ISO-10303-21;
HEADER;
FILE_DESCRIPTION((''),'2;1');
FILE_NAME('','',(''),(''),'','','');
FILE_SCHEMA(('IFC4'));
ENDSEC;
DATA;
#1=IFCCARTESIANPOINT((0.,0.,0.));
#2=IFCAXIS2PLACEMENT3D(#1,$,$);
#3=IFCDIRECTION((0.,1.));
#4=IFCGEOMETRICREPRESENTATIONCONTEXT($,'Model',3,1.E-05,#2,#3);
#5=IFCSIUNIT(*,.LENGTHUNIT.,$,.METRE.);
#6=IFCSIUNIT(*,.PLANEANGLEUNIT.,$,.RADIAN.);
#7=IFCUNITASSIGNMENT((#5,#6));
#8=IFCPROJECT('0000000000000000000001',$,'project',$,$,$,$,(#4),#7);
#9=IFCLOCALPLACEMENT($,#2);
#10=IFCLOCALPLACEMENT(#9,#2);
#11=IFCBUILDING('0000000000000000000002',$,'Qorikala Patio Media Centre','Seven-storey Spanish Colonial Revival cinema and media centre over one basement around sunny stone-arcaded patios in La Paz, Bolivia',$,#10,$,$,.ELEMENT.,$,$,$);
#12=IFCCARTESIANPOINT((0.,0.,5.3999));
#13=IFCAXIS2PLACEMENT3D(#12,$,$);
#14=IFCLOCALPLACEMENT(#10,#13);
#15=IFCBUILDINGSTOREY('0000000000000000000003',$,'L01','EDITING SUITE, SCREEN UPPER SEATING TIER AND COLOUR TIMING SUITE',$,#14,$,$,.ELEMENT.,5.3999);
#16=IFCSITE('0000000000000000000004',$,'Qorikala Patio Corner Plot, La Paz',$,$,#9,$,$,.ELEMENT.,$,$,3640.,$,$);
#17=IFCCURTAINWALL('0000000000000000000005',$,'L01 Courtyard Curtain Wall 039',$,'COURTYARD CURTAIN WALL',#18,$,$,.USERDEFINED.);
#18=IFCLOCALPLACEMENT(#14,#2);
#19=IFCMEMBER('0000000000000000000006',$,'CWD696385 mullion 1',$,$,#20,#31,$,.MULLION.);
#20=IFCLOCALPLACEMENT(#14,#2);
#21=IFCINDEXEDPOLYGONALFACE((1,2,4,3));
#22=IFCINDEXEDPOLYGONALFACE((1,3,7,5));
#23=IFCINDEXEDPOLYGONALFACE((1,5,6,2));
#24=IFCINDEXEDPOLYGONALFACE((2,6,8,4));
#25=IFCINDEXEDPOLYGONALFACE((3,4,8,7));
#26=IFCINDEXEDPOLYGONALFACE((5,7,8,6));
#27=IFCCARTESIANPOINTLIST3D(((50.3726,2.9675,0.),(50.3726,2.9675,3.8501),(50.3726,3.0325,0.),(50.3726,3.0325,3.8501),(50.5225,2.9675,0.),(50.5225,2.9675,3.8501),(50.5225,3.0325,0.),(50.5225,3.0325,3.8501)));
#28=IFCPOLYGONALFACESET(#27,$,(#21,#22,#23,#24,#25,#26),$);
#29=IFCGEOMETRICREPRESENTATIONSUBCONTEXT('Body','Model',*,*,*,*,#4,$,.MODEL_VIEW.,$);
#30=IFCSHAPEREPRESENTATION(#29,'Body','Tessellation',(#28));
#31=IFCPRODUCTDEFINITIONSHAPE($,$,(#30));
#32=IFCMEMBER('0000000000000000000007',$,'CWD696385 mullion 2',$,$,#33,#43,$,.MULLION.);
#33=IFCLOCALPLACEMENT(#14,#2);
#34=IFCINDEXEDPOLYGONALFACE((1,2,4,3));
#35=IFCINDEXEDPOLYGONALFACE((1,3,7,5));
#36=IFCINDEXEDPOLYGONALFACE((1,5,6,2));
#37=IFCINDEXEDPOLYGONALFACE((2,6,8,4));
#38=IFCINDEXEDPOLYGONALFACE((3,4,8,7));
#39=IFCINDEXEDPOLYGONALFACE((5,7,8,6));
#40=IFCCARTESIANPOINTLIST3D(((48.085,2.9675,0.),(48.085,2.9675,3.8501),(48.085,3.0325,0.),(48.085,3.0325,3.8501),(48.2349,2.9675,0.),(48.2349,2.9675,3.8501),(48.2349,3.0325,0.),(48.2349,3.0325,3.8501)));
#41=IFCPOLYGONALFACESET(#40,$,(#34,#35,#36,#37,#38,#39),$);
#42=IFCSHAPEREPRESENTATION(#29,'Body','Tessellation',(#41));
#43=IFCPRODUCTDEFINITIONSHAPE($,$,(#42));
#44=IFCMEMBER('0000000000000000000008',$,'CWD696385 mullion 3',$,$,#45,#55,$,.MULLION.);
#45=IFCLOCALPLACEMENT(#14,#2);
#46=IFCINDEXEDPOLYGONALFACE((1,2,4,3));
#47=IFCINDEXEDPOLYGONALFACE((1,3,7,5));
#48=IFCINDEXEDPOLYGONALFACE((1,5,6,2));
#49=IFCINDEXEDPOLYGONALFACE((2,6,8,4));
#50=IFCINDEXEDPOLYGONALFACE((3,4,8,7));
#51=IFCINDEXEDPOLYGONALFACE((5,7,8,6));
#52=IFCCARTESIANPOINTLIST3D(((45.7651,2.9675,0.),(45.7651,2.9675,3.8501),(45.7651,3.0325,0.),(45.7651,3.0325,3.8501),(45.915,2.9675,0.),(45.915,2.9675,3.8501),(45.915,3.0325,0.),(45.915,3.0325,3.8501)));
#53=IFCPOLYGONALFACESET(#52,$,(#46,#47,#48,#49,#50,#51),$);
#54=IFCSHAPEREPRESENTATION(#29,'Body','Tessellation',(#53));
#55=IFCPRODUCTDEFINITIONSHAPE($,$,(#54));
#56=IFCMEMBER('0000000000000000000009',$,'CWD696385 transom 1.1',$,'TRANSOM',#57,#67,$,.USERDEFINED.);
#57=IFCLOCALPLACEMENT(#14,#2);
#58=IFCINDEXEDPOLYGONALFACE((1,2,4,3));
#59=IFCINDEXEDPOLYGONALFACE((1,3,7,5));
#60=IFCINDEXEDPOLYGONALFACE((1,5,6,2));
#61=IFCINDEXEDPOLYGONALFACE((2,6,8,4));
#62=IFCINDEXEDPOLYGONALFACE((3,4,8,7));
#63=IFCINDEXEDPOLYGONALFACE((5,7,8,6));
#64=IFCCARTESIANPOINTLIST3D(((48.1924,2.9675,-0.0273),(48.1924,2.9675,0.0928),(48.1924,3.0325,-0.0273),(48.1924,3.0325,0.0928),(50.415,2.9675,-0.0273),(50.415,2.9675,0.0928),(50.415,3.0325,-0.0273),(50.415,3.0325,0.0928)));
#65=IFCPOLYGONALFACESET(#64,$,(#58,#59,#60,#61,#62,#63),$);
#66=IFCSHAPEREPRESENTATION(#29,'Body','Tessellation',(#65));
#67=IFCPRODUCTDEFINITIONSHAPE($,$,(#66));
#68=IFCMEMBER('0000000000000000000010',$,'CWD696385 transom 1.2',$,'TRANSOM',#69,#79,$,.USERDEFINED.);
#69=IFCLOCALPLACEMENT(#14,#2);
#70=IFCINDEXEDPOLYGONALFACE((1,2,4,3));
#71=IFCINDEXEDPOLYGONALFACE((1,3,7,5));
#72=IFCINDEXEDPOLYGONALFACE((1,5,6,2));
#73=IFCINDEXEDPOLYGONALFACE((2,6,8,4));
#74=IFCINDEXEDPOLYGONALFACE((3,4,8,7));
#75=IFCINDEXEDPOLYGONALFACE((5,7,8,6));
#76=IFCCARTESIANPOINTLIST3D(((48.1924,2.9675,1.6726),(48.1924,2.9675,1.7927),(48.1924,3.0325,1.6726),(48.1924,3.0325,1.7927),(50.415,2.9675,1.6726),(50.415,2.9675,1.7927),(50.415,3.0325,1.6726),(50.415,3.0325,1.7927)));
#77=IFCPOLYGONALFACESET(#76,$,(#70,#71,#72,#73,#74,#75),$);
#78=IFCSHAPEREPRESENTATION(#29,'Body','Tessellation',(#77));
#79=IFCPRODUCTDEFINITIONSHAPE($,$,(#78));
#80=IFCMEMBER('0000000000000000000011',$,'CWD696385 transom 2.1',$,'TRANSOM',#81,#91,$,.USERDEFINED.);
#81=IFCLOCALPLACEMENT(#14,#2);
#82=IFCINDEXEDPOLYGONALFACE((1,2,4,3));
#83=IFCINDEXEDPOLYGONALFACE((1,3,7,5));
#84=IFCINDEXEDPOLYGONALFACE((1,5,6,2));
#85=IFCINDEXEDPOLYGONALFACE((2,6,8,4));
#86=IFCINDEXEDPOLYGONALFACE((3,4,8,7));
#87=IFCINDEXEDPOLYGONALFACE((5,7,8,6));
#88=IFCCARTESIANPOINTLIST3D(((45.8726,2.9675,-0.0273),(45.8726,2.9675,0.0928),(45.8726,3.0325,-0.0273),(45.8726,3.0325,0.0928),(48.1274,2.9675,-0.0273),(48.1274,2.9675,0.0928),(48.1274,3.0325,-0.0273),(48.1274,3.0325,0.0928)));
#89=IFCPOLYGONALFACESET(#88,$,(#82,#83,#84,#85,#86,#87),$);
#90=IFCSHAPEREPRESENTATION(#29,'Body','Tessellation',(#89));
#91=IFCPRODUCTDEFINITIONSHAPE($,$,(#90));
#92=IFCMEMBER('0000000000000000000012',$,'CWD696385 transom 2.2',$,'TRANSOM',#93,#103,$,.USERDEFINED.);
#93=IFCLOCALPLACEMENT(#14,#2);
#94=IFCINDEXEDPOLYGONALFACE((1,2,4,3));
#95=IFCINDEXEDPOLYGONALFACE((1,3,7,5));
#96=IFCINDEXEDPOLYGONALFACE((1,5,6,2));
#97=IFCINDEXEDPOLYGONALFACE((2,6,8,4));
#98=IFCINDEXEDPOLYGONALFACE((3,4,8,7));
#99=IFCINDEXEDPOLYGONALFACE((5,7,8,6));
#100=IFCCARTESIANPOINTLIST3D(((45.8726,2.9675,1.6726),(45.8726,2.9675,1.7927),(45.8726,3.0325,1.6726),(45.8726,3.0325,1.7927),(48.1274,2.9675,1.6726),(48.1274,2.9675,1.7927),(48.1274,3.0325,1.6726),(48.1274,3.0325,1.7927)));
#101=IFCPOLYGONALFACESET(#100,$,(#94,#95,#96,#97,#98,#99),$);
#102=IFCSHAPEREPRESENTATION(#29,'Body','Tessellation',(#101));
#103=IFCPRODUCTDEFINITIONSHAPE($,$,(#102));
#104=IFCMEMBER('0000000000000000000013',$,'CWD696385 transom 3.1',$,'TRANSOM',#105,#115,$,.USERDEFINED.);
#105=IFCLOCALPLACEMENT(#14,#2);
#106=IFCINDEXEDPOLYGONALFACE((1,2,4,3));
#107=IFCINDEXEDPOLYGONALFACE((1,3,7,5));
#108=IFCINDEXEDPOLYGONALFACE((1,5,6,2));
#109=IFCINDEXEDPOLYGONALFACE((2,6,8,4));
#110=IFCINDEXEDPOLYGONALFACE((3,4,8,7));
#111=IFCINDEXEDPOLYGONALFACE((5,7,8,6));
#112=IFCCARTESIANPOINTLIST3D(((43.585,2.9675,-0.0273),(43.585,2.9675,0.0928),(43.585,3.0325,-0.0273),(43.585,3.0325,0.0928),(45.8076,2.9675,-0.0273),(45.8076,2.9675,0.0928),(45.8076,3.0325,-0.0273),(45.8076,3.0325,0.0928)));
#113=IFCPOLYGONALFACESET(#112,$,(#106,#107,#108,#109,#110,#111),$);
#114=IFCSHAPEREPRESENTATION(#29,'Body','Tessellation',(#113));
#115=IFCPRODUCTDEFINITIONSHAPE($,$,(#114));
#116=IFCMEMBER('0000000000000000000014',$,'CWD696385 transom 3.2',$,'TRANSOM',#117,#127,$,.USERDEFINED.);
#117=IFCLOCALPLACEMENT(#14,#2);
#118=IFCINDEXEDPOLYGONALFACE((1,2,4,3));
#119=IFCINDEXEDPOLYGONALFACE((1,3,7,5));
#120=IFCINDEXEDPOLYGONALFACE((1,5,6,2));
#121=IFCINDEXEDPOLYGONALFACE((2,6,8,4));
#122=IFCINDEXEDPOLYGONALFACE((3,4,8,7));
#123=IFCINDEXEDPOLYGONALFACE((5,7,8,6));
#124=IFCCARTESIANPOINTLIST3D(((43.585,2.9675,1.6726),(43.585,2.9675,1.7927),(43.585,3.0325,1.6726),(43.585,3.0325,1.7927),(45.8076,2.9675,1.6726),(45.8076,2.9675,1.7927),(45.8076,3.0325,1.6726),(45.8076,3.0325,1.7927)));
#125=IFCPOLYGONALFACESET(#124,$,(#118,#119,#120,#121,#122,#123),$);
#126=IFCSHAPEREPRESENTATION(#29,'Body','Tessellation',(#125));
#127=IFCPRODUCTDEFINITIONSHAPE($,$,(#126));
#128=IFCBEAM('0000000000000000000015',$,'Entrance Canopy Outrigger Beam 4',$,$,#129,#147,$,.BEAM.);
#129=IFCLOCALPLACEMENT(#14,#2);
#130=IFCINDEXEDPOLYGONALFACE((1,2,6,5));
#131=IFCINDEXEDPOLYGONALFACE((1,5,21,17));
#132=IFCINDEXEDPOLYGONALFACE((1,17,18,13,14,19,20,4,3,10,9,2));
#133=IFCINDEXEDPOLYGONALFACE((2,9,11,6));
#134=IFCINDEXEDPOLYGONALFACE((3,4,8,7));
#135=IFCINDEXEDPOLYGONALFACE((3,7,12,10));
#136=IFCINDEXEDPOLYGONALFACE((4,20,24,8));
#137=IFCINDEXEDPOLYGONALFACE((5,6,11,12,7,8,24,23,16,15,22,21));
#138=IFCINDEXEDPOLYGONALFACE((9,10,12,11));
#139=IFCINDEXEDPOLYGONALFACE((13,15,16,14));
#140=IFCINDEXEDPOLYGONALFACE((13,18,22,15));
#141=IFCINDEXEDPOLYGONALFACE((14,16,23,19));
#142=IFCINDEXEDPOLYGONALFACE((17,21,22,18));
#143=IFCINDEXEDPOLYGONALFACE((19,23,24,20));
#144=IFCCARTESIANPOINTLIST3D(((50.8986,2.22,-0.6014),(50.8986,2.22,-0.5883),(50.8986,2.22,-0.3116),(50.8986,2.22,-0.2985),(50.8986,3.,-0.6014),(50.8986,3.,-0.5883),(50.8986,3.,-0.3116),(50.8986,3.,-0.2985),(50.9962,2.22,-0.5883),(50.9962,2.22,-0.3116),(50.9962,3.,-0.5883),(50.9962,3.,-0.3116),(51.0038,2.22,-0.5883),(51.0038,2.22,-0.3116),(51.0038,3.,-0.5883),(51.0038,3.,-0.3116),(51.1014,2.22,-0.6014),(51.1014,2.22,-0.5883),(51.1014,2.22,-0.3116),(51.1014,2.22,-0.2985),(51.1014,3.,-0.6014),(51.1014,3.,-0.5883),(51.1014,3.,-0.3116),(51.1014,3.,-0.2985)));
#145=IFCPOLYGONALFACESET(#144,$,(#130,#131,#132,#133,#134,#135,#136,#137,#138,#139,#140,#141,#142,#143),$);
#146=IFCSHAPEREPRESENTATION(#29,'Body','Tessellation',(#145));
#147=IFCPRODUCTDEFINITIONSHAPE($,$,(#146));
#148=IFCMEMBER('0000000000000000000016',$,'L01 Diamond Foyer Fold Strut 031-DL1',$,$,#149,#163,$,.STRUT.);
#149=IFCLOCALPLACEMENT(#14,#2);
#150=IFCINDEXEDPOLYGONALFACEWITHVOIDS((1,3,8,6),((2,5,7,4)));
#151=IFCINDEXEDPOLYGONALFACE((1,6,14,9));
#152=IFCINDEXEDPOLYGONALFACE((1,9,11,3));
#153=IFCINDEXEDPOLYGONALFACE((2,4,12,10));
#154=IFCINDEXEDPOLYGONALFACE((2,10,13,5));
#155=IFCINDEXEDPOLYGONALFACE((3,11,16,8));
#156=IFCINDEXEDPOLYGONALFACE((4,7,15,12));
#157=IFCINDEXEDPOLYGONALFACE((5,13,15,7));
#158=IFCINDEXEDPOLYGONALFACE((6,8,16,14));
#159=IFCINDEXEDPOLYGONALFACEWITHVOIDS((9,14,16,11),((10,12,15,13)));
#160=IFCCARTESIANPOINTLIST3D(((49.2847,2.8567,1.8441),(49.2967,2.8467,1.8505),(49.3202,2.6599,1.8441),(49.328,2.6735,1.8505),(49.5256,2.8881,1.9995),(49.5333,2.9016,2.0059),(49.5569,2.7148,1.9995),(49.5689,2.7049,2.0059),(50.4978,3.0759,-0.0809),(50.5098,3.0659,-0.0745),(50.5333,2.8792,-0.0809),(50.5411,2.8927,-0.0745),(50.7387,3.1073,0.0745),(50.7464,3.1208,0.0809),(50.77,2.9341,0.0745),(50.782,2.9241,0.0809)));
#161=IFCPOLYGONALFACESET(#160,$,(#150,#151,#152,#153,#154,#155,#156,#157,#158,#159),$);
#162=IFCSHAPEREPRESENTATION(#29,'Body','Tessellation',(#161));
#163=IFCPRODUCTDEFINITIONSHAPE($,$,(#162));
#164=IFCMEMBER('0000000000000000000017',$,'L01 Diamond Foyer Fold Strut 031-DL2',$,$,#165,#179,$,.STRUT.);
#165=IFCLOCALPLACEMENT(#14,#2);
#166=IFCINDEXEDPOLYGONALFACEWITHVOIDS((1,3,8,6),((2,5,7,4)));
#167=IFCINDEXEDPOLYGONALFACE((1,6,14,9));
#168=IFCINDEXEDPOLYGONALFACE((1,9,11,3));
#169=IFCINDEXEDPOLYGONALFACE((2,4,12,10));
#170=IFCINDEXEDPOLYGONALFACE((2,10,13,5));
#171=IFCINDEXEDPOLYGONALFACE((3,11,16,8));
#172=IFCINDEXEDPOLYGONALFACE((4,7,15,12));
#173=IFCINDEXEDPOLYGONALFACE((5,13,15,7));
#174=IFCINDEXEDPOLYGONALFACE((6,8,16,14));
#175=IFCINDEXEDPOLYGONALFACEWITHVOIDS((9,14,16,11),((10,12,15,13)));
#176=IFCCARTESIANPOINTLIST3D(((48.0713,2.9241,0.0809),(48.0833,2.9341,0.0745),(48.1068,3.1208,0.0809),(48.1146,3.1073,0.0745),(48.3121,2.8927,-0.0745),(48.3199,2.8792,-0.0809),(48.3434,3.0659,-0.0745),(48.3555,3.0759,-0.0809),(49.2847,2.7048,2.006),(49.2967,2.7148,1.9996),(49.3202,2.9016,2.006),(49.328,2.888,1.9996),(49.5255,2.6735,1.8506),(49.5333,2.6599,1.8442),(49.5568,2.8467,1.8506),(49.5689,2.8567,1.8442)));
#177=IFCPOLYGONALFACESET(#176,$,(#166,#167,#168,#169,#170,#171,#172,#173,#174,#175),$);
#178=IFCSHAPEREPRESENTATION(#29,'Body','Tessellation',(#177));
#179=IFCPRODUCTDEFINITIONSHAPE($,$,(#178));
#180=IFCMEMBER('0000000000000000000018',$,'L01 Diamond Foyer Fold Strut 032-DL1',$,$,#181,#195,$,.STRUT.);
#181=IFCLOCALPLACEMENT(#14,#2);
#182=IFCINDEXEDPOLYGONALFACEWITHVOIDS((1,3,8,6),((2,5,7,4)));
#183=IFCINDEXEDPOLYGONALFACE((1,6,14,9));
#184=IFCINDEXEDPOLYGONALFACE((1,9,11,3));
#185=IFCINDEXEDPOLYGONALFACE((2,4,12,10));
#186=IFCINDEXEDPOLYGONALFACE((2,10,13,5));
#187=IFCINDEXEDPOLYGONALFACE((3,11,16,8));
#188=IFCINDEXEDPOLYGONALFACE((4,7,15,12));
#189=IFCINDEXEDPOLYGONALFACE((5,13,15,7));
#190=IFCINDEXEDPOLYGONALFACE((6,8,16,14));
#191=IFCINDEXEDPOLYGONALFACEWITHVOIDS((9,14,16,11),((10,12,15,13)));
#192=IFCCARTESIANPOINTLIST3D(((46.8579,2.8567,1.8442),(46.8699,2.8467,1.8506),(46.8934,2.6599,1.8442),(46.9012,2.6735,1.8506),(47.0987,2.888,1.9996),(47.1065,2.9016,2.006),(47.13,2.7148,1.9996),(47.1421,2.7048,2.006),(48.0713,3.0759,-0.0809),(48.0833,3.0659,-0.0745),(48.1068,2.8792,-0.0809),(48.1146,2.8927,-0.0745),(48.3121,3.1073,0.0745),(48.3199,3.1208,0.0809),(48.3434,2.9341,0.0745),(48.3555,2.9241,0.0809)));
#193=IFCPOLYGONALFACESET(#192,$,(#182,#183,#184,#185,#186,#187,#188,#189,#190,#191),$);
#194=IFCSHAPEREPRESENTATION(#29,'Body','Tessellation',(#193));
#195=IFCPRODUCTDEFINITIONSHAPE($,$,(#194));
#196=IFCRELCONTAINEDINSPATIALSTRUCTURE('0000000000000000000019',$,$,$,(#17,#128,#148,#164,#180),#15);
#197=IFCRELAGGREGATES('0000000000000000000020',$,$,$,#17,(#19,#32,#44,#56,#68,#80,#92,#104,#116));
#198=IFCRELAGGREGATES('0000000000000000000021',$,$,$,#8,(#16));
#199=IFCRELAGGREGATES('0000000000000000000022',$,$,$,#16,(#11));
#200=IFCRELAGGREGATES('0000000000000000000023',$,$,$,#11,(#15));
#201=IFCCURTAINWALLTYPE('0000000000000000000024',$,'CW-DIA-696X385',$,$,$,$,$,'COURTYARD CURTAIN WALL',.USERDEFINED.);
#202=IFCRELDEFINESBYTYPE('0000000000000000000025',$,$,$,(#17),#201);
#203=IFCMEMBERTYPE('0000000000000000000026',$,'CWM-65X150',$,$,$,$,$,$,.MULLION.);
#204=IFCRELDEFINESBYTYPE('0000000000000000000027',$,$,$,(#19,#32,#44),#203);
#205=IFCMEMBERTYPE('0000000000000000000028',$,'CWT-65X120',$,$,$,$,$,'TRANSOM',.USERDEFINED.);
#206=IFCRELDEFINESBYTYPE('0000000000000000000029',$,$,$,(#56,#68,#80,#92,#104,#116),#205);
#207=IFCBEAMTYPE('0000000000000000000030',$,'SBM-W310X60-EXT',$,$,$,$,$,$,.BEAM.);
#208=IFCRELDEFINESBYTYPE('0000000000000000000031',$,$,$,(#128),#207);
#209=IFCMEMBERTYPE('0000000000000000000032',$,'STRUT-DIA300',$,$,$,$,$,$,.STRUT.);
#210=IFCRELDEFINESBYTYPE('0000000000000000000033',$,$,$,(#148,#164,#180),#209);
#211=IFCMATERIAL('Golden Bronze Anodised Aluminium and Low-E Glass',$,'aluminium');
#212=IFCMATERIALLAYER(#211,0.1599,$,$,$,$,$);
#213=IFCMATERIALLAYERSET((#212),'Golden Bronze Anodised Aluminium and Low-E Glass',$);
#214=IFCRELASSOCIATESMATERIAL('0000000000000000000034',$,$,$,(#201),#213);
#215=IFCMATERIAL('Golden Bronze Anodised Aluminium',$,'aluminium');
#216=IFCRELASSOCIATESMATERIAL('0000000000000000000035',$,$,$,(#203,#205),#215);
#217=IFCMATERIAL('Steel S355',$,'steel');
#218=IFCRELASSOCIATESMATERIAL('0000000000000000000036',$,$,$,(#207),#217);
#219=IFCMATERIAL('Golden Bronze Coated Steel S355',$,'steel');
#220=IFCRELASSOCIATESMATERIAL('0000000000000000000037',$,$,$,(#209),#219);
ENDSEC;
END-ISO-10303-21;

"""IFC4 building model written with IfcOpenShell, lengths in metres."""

from ifc_helpers import new_model, si_unit, direction, frame, origin, origin_2d, place, context, subcontext, project, spatial, rectangle, hollow_rectangle, i_section, extrude, material, layer, layer_set, material_profile, profile_set, type_object, element, aggregate, save


model = new_model("IFC4")

# Units and contexts
model_context = context("Model", 3, precision=1e-05, world=origin(), true_north=direction((0.0, 1.0)))
body_context = subcontext(model_context, "Body", "Model", "MODEL_VIEW")
ifc_project = project(units=[si_unit("LENGTHUNIT", "METRE"), si_unit("PLANEANGLEUNIT", "RADIAN")], contexts=[model_context])

# Site, building, storey
site_placement = place(None, origin())
site = spatial("IfcSite", under=ifc_project, at=site_placement, Name="Qorikala Patio Corner Plot, La Paz", CompositionType="ELEMENT", RefElevation=3640.0)
building_placement = place(site_placement, origin())
building = spatial("IfcBuilding", under=site, at=building_placement, Name="Qorikala Patio Media Centre", Description="Seven-storey Spanish Colonial Revival cinema and media centre over one basement around sunny stone-arcaded patios in La Paz, Bolivia", CompositionType="ELEMENT")
storey_placement = place(building_placement, frame((0.0, 0.0, 5.3999)))
storey = spatial("IfcBuildingStorey", under=building, at=storey_placement, Name="L01", Description="EDITING SUITE, SCREEN UPPER SEATING TIER AND COLOUR TIMING SUITE", CompositionType="ELEMENT", Elevation=5.3999)

# Curtain wall, members
ifc_material_1 = material(Name="Golden Bronze Anodised Aluminium and Low-E Glass", Category="aluminium")
ifc_layer_1 = layer(ifc_material_1, 0.1599)
ifc_layer_set_1 = layer_set([ifc_layer_1], Name="Golden Bronze Anodised Aluminium and Low-E Glass")
curtain_wall_type = type_object("IfcCurtainWallType", Name="CW-DIA-696X385", ElementType="COURTYARD CURTAIN WALL", PredefinedType="USERDEFINED", material=ifc_layer_set_1)
curtain_wall_placement = place(storey_placement, origin())
curtain_wall = element("IfcCurtainWall", 1, at=curtain_wall_placement, inside=storey, type_object=curtain_wall_type, Name="L01 Courtyard Curtain Wall 039", ObjectType="COURTYARD CURTAIN WALL", PredefinedType="USERDEFINED")
ifc_material_2 = material(Name="Golden Bronze Anodised Aluminium", Category="aluminium")
ifc_material_profile_1 = material_profile(ifc_material_2, rectangle(XDim=0.0649, YDim=0.1499, at=origin_2d()), Name="ALU MULLION 65x150")
ifc_profile_set_1 = profile_set([ifc_material_profile_1], Name="Golden Bronze Anodised Aluminium")
member_type_1 = type_object("IfcMemberType", Name="CWM-65X150", PredefinedType="MULLION", material=ifc_profile_set_1)
member_1_placement = place(storey_placement, frame((50.4475, 3.0, 0.0), z_axis=(0.0, 0.0, 1.0), x_axis=(0.0, -1.0, 0.0)))
member_1 = element("IfcMember", 2, at=member_1_placement, type_object=member_type_1, Name="CWD696385 mullion 1", PredefinedType="MULLION", context=body_context, shape_type="SweptSolid", body=[
    extrude(rectangle(XDim=0.0649, YDim=0.1499, at=origin_2d()), origin(), (0.0, 0.0, 1.0), 3.8501),
])
member_2_placement = place(storey_placement, frame((48.1599, 3.0, 0.0), z_axis=(0.0, 0.0, 1.0), x_axis=(0.0, -1.0, 0.0)))
member_2 = element("IfcMember", 3, at=member_2_placement, type_object=member_type_1, Name="CWD696385 mullion 2", PredefinedType="MULLION", context=body_context, shape_type="SweptSolid", body=[
    extrude(rectangle(XDim=0.0649, YDim=0.1499, at=origin_2d()), origin(), (0.0, 0.0, 1.0), 3.8501),
])
member_3_placement = place(storey_placement, frame((45.8401, 3.0, 0.0), z_axis=(0.0, 0.0, 1.0), x_axis=(0.0, -1.0, 0.0)))
member_3 = element("IfcMember", 4, at=member_3_placement, type_object=member_type_1, Name="CWD696385 mullion 3", PredefinedType="MULLION", context=body_context, shape_type="SweptSolid", body=[
    extrude(rectangle(XDim=0.0649, YDim=0.1499, at=origin_2d()), origin(), (0.0, 0.0, 1.0), 3.8501),
])
ifc_material_profile_2 = material_profile(ifc_material_2, rectangle(XDim=0.0649, YDim=0.1201, at=origin_2d()), Name="ALU TRANSOM 65x120")
ifc_profile_set_2 = profile_set([ifc_material_profile_2], Name="Golden Bronze Anodised Aluminium")
member_type_2 = type_object("IfcMemberType", Name="CWT-65X120", ElementType="TRANSOM", PredefinedType="USERDEFINED", material=ifc_profile_set_2)
member_4_placement = place(storey_placement, frame((50.415, 3.0, 0.0327), z_axis=(-1.0, 0.0, 0.0), x_axis=(0.0, -1.0, 0.0)))
member_4 = element("IfcMember", 5, at=member_4_placement, type_object=member_type_2, Name="CWD696385 transom 1.1", ObjectType="TRANSOM", PredefinedType="USERDEFINED", context=body_context, shape_type="SweptSolid", body=[
    extrude(rectangle(XDim=0.0649, YDim=0.1201, at=origin_2d()), origin(), (0.0, 0.0, 1.0), 2.2227),
])
member_5_placement = place(storey_placement, frame((50.415, 3.0, 1.7327), z_axis=(-1.0, 0.0, 0.0), x_axis=(0.0, -1.0, 0.0)))
member_5 = element("IfcMember", 6, at=member_5_placement, type_object=member_type_2, Name="CWD696385 transom 1.2", ObjectType="TRANSOM", PredefinedType="USERDEFINED", context=body_context, shape_type="SweptSolid", body=[
    extrude(rectangle(XDim=0.0649, YDim=0.1201, at=origin_2d()), origin(), (0.0, 0.0, 1.0), 2.2227),
])
member_6_placement = place(storey_placement, frame((48.1274, 3.0, 0.0327), z_axis=(-1.0, 0.0, 0.0), x_axis=(0.0, -1.0, 0.0)))
member_6 = element("IfcMember", 7, at=member_6_placement, type_object=member_type_2, Name="CWD696385 transom 2.1", ObjectType="TRANSOM", PredefinedType="USERDEFINED", context=body_context, shape_type="SweptSolid", body=[
    extrude(rectangle(XDim=0.0649, YDim=0.1201, at=origin_2d()), origin(), (0.0, 0.0, 1.0), 2.2549),
])
member_7_placement = place(storey_placement, frame((48.1274, 3.0, 1.7327), z_axis=(-1.0, 0.0, 0.0), x_axis=(0.0, -1.0, 0.0)))
member_7 = element("IfcMember", 8, at=member_7_placement, type_object=member_type_2, Name="CWD696385 transom 2.2", ObjectType="TRANSOM", PredefinedType="USERDEFINED", context=body_context, shape_type="SweptSolid", body=[
    extrude(rectangle(XDim=0.0649, YDim=0.1201, at=origin_2d()), origin(), (0.0, 0.0, 1.0), 2.2549),
])
member_8_placement = place(storey_placement, frame((45.8076, 3.0, 0.0327), z_axis=(-1.0, 0.0, 0.0), x_axis=(0.0, -1.0, 0.0)))
member_8 = element("IfcMember", 9, at=member_8_placement, type_object=member_type_2, Name="CWD696385 transom 3.1", ObjectType="TRANSOM", PredefinedType="USERDEFINED", context=body_context, shape_type="SweptSolid", body=[
    extrude(rectangle(XDim=0.0649, YDim=0.1201, at=origin_2d()), origin(), (0.0, 0.0, 1.0), 2.2227),
])
member_9_placement = place(storey_placement, frame((45.8076, 3.0, 1.7327), z_axis=(-1.0, 0.0, 0.0), x_axis=(0.0, -1.0, 0.0)))
member_9 = element("IfcMember", 10, at=member_9_placement, type_object=member_type_2, Name="CWD696385 transom 3.2", ObjectType="TRANSOM", PredefinedType="USERDEFINED", context=body_context, shape_type="SweptSolid", body=[
    extrude(rectangle(XDim=0.0649, YDim=0.1201, at=origin_2d()), origin(), (0.0, 0.0, 1.0), 2.2227),
])

# Beam
ifc_material_3 = material(Name="Steel S355", Category="steel")
ifc_material_profile_3 = material_profile(ifc_material_3, i_section(OverallWidth=0.2029, OverallDepth=0.303, WebThickness=0.0076, FlangeThickness=0.0132, at=origin_2d()), Name="W310X60")
ifc_profile_set_3 = profile_set([ifc_material_profile_3], Name="Steel S355")
beam_type = type_object("IfcBeamType", Name="SBM-W310X60-EXT", PredefinedType="BEAM", material=ifc_profile_set_3)
beam_placement = place(storey_placement, frame((51.0, 2.22, -0.45), z_axis=(0.0, 1.0, 0.0), x_axis=(-1.0, 0.0, 0.0)))
element("IfcBeam", 11, at=beam_placement, inside=storey, type_object=beam_type, Name="Entrance Canopy Outrigger Beam 4", PredefinedType="BEAM", context=body_context, shape_type="SweptSolid", body=[
    extrude(i_section(OverallWidth=0.2029, OverallDepth=0.303, WebThickness=0.0076, FlangeThickness=0.0132, at=origin_2d()), origin(), (0.0, 0.0, 1.0), 0.78),
])

# Members
ifc_material_4 = material(Name="Golden Bronze Coated Steel S355", Category="steel")
ifc_material_profile_4 = material_profile(ifc_material_4, hollow_rectangle(XDim=0.2, YDim=0.3, WallThickness=0.012, at=origin_2d()), Name="HSS300X200X12")
ifc_profile_set_4 = profile_set([ifc_material_profile_4], Name="Golden Bronze Coated Steel S355")
member_type_3 = type_object("IfcMemberType", Name="STRUT-DIA300", PredefinedType="STRUT", material=ifc_profile_set_4)
member_10_placement = place(storey_placement, frame((50.6399, 3.0, 0.0), z_axis=(-0.530691, -0.095907, 0.842121), x_axis=(0.17784, -0.984059, 0.0)))
element("IfcMember", 12, at=member_10_placement, inside=storey, type_object=member_type_3, Name="L01 Diamond Foyer Fold Strut 031-DL1", PredefinedType="STRUT", context=body_context, shape_type="SweptSolid", body=[
    extrude(hollow_rectangle(XDim=0.2, YDim=0.3, WallThickness=0.012, at=origin_2d()), origin(), (0.0, 0.0, 1.0), 2.2859),
])
for number, where, z_axis, x_axis, name in (
    (13, (48.2134, 3.0, 0.0), (0.530768, -0.095901, 0.842074), (0.177805, 0.984066, 0.0), "L01 Diamond Foyer Fold Strut 031-DL2"),
    (14, (48.2134, 3.0, 0.0), (-0.530768, -0.095901, 0.842074), (0.177805, -0.984066, 0.0), "L01 Diamond Foyer Fold Strut 032-DL1"),
):
    element("IfcMember", number, at=place(storey_placement, frame(where, z_axis=z_axis, x_axis=x_axis)), inside=storey, type_object=member_type_3, Name=name, PredefinedType="STRUT", context=body_context, shape_type="SweptSolid", body=[
        extrude(hollow_rectangle(XDim=0.2, YDim=0.3, WallThickness=0.012, at=origin_2d()), origin(), (0.0, 0.0, 1.0), 2.2861),
    ])

aggregate(curtain_wall, [member_1, member_2, member_3, member_4, member_5, member_6, member_7, member_8, member_9])

save(model, "model.ifc")
